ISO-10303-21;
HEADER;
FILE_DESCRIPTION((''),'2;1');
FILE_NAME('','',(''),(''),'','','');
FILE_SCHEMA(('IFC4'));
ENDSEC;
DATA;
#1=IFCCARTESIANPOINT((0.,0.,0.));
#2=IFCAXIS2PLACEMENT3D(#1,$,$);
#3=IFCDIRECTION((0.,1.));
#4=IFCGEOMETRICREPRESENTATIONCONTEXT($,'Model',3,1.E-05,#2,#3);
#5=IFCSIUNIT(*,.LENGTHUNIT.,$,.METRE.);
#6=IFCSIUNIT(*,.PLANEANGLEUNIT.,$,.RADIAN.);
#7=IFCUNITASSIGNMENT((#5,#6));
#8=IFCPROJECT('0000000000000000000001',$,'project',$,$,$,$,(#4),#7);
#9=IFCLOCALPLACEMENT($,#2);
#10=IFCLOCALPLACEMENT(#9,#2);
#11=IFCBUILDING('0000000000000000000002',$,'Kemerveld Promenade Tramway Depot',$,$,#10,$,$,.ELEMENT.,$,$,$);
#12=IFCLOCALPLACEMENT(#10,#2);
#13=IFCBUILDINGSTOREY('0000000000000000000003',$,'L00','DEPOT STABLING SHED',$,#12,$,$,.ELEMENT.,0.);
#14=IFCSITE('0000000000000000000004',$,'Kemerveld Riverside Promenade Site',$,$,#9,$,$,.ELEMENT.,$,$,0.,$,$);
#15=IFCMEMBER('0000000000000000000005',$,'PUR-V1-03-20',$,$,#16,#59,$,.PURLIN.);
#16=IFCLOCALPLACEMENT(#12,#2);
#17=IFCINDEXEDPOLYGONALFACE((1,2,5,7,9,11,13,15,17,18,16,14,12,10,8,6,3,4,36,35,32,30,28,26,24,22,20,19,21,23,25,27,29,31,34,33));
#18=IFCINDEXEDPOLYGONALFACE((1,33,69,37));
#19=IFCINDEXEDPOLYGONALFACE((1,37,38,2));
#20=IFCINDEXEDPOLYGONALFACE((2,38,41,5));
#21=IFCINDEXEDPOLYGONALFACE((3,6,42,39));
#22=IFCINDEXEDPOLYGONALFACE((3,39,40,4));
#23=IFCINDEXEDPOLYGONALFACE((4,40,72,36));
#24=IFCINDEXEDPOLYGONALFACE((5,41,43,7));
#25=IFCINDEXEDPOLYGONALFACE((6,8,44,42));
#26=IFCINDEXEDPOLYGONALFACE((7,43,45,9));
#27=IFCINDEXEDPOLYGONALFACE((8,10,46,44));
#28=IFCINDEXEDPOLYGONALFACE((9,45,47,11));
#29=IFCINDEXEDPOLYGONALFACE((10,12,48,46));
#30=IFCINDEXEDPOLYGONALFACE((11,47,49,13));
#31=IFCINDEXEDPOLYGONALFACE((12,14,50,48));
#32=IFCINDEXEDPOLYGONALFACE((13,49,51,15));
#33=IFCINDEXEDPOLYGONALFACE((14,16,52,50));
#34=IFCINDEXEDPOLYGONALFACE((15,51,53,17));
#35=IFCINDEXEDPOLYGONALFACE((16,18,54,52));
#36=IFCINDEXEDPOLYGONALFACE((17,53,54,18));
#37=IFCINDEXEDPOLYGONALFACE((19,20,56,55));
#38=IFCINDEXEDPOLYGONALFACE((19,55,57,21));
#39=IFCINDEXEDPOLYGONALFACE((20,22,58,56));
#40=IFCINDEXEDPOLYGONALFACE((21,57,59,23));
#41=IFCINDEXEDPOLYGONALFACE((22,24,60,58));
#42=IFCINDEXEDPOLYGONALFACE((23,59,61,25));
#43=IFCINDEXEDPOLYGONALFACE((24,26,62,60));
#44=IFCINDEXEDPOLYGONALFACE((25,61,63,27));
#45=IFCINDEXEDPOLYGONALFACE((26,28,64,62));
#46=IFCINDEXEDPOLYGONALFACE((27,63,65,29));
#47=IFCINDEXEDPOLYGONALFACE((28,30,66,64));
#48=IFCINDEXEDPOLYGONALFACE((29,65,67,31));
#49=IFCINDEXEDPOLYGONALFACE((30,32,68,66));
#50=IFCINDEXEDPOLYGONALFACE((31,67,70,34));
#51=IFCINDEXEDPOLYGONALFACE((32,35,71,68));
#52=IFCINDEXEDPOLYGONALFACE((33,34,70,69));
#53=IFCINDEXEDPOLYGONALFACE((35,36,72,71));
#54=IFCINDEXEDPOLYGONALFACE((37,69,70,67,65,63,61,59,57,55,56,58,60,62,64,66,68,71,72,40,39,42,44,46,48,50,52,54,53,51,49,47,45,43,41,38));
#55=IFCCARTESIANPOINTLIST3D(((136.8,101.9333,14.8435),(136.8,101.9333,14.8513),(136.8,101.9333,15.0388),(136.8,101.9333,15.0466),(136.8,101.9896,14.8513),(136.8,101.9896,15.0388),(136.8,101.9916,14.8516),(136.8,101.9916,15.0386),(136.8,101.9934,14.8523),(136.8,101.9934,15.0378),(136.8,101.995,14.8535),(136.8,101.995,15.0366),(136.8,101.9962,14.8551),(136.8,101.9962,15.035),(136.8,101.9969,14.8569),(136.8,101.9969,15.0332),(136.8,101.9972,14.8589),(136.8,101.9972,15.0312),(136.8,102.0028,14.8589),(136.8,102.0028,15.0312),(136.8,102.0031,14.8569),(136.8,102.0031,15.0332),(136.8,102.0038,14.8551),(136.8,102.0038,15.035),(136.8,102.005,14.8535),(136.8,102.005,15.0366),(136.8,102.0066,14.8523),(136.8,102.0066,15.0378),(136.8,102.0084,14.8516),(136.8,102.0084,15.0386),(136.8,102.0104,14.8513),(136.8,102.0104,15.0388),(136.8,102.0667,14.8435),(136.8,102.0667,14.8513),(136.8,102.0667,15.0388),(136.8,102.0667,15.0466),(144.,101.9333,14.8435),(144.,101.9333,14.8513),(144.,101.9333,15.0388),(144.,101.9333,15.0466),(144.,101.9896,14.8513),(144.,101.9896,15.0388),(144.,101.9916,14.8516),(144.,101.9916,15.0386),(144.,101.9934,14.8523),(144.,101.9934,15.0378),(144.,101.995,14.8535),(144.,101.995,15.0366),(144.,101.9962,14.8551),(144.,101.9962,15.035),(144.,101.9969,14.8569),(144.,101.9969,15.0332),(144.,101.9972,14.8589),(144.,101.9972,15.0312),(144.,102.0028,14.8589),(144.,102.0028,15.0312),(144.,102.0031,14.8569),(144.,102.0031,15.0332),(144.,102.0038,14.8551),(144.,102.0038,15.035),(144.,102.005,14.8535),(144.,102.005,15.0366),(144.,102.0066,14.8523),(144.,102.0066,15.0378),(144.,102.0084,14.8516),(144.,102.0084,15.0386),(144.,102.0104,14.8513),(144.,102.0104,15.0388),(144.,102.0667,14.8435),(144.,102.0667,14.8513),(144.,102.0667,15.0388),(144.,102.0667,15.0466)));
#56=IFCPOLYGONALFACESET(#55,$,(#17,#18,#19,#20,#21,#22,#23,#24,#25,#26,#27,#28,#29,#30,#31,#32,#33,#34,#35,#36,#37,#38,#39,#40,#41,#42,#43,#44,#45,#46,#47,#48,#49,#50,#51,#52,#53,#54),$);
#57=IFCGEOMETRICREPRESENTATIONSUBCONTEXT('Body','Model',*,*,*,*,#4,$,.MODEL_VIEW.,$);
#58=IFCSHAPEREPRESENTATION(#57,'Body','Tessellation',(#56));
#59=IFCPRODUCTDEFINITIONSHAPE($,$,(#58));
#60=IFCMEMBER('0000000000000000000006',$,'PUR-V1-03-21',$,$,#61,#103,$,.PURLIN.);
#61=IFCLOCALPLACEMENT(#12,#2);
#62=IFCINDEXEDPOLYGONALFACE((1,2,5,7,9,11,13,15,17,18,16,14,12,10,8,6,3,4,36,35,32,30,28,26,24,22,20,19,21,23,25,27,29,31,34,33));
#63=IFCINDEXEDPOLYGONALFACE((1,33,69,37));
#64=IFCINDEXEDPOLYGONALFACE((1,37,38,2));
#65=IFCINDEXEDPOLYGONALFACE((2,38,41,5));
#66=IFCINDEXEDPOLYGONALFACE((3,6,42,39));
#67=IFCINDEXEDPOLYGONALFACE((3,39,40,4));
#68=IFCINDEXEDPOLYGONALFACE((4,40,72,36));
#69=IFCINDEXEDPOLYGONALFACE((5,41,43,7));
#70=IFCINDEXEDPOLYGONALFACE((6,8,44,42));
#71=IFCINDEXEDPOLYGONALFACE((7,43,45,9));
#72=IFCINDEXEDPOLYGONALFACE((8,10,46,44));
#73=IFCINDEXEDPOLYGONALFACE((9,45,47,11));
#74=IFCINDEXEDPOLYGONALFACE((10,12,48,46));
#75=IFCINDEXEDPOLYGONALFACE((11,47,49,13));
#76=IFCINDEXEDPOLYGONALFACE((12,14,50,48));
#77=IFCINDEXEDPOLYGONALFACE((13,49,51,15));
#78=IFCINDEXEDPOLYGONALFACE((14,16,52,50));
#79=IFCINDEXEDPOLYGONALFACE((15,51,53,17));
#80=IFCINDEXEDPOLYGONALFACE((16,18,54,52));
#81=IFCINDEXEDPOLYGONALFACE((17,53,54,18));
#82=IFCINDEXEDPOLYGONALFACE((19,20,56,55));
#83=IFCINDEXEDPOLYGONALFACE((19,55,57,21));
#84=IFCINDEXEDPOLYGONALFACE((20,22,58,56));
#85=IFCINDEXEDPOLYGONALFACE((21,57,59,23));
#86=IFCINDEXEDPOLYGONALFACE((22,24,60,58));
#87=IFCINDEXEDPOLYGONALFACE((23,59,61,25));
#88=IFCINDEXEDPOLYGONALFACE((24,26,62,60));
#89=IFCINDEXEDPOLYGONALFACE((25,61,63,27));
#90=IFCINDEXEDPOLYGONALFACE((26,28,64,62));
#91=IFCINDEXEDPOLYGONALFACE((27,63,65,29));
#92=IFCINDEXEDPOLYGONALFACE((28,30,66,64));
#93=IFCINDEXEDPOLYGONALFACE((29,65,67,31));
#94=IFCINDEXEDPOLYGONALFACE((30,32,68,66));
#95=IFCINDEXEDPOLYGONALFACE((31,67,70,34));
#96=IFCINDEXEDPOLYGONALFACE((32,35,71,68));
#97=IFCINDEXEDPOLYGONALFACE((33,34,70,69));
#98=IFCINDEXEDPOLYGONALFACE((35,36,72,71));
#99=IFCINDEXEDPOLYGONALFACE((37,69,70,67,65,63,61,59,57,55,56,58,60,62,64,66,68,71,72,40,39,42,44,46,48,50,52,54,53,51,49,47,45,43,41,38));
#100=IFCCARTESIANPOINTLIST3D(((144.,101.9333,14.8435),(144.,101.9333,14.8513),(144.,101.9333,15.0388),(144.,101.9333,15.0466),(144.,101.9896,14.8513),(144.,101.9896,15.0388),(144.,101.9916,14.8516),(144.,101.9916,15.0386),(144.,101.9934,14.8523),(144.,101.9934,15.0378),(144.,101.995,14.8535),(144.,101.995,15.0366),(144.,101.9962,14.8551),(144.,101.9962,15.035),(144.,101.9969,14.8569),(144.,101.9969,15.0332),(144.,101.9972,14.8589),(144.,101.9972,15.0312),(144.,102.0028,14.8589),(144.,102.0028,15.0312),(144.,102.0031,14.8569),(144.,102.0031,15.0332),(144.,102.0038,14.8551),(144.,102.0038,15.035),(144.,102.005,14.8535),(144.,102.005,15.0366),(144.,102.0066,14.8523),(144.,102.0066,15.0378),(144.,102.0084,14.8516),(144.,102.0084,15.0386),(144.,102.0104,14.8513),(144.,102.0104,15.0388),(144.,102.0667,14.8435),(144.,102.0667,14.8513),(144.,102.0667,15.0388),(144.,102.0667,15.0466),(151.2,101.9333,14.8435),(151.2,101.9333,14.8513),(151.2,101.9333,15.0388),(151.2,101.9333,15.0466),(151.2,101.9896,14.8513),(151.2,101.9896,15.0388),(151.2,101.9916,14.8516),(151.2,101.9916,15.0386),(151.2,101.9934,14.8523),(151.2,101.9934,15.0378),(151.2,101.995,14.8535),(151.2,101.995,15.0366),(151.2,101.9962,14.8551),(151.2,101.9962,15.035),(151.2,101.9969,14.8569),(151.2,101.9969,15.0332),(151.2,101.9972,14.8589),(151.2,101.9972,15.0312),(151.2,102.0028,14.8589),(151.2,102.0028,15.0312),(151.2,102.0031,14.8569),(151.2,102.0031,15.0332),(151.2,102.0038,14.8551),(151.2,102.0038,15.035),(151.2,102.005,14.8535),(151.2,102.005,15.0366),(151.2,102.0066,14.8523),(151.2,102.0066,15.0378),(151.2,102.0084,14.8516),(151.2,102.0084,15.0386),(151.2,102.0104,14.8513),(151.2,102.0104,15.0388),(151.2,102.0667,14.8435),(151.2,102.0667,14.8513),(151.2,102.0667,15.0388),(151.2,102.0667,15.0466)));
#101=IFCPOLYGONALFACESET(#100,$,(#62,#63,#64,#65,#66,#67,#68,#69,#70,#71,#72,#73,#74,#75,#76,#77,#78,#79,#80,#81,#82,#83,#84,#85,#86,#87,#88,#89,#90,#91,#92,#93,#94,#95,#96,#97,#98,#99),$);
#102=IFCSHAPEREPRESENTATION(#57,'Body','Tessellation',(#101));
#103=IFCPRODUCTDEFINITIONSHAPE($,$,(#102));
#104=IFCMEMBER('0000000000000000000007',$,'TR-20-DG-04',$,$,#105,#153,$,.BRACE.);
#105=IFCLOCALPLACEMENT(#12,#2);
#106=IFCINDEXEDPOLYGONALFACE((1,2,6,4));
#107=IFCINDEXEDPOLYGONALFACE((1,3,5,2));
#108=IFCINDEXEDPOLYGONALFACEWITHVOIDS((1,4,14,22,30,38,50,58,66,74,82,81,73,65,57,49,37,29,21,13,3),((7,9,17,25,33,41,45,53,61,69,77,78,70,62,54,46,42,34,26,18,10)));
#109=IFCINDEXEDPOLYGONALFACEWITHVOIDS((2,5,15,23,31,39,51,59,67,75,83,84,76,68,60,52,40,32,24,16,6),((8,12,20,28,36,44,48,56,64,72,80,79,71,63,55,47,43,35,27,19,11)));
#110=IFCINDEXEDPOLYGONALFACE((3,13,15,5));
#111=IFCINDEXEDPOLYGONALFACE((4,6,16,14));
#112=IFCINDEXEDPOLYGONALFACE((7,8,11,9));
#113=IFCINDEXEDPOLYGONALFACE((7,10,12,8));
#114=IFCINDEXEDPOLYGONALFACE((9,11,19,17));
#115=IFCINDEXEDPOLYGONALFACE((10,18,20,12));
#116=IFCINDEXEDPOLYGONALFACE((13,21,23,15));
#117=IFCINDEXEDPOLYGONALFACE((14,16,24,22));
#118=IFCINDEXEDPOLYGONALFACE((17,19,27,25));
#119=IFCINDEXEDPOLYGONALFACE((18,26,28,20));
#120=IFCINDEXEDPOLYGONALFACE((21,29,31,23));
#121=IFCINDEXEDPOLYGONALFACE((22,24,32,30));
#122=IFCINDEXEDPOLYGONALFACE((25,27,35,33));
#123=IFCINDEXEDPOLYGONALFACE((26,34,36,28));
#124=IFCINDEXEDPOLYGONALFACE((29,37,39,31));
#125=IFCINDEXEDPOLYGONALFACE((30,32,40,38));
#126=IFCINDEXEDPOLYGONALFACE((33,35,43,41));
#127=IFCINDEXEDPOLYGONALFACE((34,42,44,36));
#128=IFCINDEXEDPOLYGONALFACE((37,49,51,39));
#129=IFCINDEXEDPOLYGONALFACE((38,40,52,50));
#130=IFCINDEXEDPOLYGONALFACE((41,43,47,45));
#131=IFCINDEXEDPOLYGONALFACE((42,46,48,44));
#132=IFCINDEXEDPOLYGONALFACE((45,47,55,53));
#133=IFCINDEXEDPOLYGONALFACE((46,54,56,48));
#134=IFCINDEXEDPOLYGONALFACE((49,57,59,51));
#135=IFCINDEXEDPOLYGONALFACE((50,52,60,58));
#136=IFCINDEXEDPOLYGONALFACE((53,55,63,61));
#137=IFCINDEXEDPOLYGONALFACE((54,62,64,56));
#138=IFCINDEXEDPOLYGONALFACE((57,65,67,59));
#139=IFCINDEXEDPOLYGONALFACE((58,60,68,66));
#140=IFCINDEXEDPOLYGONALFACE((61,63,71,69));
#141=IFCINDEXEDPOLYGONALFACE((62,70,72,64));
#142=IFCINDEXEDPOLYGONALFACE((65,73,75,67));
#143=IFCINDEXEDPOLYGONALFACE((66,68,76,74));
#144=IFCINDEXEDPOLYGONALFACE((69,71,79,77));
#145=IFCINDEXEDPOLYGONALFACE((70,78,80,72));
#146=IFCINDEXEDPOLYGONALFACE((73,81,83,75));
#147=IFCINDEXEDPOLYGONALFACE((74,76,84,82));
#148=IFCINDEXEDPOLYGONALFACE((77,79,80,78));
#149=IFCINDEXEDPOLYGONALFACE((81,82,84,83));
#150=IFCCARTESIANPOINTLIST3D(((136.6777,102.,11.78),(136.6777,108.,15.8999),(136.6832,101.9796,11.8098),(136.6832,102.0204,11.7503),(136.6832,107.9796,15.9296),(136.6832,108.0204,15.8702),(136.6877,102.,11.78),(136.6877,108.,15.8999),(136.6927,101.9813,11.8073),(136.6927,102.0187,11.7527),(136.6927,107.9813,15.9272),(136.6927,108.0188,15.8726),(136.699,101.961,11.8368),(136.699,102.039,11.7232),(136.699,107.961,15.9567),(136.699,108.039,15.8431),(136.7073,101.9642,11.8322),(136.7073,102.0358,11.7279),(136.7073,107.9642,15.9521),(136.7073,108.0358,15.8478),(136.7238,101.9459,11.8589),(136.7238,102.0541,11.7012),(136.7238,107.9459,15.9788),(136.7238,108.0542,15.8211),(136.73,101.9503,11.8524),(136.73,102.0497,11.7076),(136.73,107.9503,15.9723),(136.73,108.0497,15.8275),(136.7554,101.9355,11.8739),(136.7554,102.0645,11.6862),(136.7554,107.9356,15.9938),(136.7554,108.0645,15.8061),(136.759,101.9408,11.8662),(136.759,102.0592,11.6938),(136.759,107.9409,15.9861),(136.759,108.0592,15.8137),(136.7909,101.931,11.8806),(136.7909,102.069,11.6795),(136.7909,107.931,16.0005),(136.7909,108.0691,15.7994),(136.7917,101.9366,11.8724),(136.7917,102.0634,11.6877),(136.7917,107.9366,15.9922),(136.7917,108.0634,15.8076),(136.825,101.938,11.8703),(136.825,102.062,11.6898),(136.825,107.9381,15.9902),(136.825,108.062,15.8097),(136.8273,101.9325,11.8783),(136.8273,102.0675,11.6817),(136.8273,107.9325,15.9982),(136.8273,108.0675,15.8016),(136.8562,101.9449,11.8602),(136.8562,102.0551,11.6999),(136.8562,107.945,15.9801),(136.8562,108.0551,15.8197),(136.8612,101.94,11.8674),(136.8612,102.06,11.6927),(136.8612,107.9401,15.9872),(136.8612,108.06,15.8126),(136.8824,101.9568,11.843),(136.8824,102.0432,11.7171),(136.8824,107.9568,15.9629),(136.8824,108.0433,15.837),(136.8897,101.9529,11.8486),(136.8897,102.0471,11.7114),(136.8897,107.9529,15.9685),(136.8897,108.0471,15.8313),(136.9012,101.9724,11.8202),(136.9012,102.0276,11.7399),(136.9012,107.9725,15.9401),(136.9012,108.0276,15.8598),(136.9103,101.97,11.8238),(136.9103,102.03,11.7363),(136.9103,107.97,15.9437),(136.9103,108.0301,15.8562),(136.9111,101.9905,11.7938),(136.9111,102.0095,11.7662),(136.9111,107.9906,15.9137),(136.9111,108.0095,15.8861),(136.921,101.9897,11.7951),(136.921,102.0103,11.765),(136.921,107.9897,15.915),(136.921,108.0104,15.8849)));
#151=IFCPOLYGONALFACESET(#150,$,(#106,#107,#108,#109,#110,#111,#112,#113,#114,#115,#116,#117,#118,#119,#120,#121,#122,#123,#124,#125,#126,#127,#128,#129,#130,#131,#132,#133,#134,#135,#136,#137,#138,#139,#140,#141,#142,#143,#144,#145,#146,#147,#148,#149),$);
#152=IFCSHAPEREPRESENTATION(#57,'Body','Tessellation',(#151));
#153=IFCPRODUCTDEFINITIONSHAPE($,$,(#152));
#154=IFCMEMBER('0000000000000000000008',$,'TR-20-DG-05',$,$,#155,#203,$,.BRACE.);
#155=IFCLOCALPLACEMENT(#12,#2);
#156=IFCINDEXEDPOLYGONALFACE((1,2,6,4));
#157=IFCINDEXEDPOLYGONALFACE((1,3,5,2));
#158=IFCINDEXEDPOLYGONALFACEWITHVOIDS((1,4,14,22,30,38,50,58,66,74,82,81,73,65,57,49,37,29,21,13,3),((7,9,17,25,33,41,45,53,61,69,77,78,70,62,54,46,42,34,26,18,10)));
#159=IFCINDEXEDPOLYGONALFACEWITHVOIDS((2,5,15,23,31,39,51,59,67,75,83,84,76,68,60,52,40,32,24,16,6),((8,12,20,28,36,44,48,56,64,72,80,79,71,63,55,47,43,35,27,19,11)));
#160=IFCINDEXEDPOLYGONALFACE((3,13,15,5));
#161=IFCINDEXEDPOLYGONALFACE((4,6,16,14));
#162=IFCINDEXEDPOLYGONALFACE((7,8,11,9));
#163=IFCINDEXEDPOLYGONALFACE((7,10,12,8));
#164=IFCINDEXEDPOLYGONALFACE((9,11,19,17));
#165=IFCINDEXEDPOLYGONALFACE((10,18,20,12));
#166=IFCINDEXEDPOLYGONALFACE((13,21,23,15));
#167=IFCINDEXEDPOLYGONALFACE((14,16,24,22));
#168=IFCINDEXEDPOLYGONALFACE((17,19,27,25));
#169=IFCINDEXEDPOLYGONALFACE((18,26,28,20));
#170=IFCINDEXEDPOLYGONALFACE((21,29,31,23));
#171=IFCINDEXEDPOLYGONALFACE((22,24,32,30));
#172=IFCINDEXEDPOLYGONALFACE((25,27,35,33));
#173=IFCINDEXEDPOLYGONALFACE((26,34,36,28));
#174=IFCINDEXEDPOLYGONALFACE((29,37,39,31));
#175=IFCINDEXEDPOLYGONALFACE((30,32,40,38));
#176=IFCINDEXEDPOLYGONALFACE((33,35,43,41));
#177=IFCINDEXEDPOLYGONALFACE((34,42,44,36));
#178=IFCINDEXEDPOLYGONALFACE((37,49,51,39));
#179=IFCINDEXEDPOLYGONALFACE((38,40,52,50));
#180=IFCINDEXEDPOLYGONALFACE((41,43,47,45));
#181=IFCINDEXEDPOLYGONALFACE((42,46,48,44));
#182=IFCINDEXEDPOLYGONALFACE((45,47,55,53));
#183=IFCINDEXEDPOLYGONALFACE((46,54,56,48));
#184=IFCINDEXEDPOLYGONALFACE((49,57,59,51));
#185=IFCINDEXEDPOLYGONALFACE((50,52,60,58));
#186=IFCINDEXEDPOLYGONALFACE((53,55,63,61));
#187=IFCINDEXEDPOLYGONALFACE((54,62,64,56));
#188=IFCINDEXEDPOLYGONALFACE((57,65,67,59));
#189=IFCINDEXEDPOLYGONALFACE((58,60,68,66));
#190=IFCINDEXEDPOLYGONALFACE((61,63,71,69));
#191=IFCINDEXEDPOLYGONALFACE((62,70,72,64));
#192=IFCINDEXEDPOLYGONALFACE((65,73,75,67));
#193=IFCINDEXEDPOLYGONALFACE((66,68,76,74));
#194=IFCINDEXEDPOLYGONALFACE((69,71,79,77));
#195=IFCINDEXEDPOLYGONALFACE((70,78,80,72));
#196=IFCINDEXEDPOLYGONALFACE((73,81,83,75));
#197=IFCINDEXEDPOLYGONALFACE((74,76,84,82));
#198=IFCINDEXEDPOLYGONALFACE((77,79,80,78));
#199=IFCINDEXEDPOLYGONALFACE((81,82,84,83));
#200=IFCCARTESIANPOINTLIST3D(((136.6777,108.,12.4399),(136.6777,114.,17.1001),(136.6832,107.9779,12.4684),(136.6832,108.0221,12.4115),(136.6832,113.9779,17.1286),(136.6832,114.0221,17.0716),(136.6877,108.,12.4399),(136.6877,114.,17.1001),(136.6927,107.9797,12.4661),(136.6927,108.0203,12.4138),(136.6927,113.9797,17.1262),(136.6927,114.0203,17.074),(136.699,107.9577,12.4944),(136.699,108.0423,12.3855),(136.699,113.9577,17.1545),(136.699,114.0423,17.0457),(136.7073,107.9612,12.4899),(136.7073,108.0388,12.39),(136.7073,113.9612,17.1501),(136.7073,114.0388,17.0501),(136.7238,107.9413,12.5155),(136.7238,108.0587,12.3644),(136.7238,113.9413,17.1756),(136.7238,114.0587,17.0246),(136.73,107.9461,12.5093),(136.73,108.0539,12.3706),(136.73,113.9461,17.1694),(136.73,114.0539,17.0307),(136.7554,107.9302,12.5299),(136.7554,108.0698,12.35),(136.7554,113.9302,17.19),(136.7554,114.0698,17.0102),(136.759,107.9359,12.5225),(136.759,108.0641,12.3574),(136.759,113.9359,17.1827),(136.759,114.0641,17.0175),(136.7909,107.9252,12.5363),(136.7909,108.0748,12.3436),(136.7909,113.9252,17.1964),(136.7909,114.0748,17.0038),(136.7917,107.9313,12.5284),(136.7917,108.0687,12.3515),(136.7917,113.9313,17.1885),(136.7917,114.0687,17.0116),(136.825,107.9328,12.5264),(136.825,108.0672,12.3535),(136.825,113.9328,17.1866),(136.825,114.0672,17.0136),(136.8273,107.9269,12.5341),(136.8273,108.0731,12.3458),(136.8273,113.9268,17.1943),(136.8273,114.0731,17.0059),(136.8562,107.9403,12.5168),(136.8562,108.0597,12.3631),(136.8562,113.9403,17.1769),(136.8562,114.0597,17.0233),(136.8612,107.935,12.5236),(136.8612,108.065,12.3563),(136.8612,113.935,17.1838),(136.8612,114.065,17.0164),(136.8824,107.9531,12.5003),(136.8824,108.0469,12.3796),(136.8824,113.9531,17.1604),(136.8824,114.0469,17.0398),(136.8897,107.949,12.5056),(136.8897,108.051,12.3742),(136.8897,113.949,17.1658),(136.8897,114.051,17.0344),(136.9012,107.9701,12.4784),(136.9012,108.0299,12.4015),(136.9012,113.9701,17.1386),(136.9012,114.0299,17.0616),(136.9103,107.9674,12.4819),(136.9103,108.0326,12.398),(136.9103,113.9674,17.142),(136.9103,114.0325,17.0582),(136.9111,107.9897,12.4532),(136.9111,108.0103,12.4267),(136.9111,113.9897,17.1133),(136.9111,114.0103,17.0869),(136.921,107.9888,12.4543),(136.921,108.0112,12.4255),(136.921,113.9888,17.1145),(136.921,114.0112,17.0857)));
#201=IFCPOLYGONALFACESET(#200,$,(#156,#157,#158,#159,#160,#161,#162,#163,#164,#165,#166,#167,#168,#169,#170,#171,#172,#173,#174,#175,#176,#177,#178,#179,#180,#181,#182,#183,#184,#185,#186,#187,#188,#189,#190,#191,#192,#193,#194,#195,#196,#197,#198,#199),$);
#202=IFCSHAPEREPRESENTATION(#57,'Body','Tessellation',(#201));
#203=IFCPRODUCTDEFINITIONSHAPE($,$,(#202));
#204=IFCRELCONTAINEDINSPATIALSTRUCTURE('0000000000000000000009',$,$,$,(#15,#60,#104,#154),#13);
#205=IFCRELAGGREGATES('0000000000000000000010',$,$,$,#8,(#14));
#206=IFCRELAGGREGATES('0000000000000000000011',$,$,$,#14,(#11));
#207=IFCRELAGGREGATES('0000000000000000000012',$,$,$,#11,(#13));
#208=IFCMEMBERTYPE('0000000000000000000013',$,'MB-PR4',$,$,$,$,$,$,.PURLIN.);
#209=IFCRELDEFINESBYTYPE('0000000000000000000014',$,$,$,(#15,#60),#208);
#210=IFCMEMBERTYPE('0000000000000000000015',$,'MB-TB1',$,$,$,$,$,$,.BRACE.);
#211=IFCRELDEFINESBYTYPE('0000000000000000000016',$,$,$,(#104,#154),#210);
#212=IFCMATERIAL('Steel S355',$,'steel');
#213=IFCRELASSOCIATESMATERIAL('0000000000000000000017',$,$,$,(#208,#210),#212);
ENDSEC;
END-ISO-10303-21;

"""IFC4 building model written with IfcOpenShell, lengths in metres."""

from ifc_helpers import new_model, si_unit, direction, frame, origin, origin_2d, place, context, subcontext, project, spatial, hollow_circle, i_section, extrude, material, material_profile, profile_set, type_object, element, save


model = new_model("IFC4")

# Units and contexts
model_context = context("Model", 3, precision=1e-05, world=origin(), true_north=direction((0.0, 1.0)))
body_context = subcontext(model_context, "Body", "Model", "MODEL_VIEW")
ifc_project = project(units=[si_unit("LENGTHUNIT", "METRE"), si_unit("PLANEANGLEUNIT", "RADIAN")], contexts=[model_context])

# Site, building, storey
site_placement = place(None, origin())
site = spatial("IfcSite", under=ifc_project, at=site_placement, Name="Kemerveld Riverside Promenade Site", CompositionType="ELEMENT", RefElevation=0.0)
building_placement = place(site_placement, origin())
building = spatial("IfcBuilding", under=site, at=building_placement, Name="Kemerveld Promenade Tramway Depot", CompositionType="ELEMENT")
storey_placement = place(building_placement, origin())
storey = spatial("IfcBuildingStorey", under=building, at=storey_placement, Name="L00", Description="DEPOT STABLING SHED", CompositionType="ELEMENT", Elevation=0.0)

# Members
ifc_material_1 = material(Name="Steel S355", Category="steel")
ifc_material_profile_1 = material_profile(ifc_material_1, i_section(OverallWidth=0.1333, OverallDepth=0.2031, WebThickness=0.0056, FlangeThickness=0.0078, FilletRadius=0.0076, at=origin_2d()), Name="203x133x25 UB")
ifc_profile_set_1 = profile_set([ifc_material_profile_1], Name="Steel S355")
member_type_1 = type_object("IfcMemberType", Name="MB-PR4", PredefinedType="PURLIN", material=ifc_profile_set_1)
for number, where, z_axis, x_axis, name in (
    (1, (136.8, 102.0, 14.9451), (1.0, 0.0, 0.0), (0.0, 1.0, 0.0), "PUR-V1-03-20"),
    (2, (144.0, 102.0, 14.9451), (1.0, 0.0, 0.0), (0.0, 1.0, 0.0), "PUR-V1-03-21"),
):
    element("IfcMember", number, at=place(storey_placement, frame(where, z_axis=z_axis, x_axis=x_axis)), inside=storey, type_object=member_type_1, Name=name, PredefinedType="PURLIN", context=body_context, shape_type="SweptSolid", body=[
        extrude(i_section(OverallWidth=0.1333, OverallDepth=0.2031, WebThickness=0.0056, FlangeThickness=0.0078, FilletRadius=0.0076, at=origin_2d()), origin(), (0.0, 0.0, 1.0), 7.2),
    ])
ifc_material_profile_2 = material_profile(ifc_material_1, hollow_circle(Radius=0.1223, WallThickness=0.01, at=origin_2d()), Name="244.5x10.0 CHS")
ifc_profile_set_2 = profile_set([ifc_material_profile_2], Name="Steel S355")
member_type_2 = type_object("IfcMemberType", Name="MB-TB1", PredefinedType="BRACE", material=ifc_profile_set_2)
member_1_placement = place(storey_placement, frame((136.8, 102.0, 11.78), z_axis=(0.0, 0.824371, 0.56605), x_axis=(-1.0, 0.0, 0.0)))
element("IfcMember", 3, at=member_1_placement, inside=storey, type_object=member_type_2, Name="TR-20-DG-04", PredefinedType="BRACE", context=body_context, shape_type="SweptSolid", body=[
    extrude(hollow_circle(Radius=0.1223, WallThickness=0.01, at=origin_2d()), origin(), (0.0, 0.0, 1.0), 7.2783),
])
member_2_placement = place(storey_placement, frame((136.8, 108.0, 12.4399), z_axis=(0.0, 0.789767, 0.613407), x_axis=(-1.0, 0.0, 0.0)))
element("IfcMember", 4, at=member_2_placement, inside=storey, type_object=member_type_2, Name="TR-20-DG-05", PredefinedType="BRACE", context=body_context, shape_type="SweptSolid", body=[
    extrude(hollow_circle(Radius=0.1223, WallThickness=0.01, at=origin_2d()), origin(), (0.0, 0.0, 1.0), 7.5972),
])

save(model, "model.ifc")
